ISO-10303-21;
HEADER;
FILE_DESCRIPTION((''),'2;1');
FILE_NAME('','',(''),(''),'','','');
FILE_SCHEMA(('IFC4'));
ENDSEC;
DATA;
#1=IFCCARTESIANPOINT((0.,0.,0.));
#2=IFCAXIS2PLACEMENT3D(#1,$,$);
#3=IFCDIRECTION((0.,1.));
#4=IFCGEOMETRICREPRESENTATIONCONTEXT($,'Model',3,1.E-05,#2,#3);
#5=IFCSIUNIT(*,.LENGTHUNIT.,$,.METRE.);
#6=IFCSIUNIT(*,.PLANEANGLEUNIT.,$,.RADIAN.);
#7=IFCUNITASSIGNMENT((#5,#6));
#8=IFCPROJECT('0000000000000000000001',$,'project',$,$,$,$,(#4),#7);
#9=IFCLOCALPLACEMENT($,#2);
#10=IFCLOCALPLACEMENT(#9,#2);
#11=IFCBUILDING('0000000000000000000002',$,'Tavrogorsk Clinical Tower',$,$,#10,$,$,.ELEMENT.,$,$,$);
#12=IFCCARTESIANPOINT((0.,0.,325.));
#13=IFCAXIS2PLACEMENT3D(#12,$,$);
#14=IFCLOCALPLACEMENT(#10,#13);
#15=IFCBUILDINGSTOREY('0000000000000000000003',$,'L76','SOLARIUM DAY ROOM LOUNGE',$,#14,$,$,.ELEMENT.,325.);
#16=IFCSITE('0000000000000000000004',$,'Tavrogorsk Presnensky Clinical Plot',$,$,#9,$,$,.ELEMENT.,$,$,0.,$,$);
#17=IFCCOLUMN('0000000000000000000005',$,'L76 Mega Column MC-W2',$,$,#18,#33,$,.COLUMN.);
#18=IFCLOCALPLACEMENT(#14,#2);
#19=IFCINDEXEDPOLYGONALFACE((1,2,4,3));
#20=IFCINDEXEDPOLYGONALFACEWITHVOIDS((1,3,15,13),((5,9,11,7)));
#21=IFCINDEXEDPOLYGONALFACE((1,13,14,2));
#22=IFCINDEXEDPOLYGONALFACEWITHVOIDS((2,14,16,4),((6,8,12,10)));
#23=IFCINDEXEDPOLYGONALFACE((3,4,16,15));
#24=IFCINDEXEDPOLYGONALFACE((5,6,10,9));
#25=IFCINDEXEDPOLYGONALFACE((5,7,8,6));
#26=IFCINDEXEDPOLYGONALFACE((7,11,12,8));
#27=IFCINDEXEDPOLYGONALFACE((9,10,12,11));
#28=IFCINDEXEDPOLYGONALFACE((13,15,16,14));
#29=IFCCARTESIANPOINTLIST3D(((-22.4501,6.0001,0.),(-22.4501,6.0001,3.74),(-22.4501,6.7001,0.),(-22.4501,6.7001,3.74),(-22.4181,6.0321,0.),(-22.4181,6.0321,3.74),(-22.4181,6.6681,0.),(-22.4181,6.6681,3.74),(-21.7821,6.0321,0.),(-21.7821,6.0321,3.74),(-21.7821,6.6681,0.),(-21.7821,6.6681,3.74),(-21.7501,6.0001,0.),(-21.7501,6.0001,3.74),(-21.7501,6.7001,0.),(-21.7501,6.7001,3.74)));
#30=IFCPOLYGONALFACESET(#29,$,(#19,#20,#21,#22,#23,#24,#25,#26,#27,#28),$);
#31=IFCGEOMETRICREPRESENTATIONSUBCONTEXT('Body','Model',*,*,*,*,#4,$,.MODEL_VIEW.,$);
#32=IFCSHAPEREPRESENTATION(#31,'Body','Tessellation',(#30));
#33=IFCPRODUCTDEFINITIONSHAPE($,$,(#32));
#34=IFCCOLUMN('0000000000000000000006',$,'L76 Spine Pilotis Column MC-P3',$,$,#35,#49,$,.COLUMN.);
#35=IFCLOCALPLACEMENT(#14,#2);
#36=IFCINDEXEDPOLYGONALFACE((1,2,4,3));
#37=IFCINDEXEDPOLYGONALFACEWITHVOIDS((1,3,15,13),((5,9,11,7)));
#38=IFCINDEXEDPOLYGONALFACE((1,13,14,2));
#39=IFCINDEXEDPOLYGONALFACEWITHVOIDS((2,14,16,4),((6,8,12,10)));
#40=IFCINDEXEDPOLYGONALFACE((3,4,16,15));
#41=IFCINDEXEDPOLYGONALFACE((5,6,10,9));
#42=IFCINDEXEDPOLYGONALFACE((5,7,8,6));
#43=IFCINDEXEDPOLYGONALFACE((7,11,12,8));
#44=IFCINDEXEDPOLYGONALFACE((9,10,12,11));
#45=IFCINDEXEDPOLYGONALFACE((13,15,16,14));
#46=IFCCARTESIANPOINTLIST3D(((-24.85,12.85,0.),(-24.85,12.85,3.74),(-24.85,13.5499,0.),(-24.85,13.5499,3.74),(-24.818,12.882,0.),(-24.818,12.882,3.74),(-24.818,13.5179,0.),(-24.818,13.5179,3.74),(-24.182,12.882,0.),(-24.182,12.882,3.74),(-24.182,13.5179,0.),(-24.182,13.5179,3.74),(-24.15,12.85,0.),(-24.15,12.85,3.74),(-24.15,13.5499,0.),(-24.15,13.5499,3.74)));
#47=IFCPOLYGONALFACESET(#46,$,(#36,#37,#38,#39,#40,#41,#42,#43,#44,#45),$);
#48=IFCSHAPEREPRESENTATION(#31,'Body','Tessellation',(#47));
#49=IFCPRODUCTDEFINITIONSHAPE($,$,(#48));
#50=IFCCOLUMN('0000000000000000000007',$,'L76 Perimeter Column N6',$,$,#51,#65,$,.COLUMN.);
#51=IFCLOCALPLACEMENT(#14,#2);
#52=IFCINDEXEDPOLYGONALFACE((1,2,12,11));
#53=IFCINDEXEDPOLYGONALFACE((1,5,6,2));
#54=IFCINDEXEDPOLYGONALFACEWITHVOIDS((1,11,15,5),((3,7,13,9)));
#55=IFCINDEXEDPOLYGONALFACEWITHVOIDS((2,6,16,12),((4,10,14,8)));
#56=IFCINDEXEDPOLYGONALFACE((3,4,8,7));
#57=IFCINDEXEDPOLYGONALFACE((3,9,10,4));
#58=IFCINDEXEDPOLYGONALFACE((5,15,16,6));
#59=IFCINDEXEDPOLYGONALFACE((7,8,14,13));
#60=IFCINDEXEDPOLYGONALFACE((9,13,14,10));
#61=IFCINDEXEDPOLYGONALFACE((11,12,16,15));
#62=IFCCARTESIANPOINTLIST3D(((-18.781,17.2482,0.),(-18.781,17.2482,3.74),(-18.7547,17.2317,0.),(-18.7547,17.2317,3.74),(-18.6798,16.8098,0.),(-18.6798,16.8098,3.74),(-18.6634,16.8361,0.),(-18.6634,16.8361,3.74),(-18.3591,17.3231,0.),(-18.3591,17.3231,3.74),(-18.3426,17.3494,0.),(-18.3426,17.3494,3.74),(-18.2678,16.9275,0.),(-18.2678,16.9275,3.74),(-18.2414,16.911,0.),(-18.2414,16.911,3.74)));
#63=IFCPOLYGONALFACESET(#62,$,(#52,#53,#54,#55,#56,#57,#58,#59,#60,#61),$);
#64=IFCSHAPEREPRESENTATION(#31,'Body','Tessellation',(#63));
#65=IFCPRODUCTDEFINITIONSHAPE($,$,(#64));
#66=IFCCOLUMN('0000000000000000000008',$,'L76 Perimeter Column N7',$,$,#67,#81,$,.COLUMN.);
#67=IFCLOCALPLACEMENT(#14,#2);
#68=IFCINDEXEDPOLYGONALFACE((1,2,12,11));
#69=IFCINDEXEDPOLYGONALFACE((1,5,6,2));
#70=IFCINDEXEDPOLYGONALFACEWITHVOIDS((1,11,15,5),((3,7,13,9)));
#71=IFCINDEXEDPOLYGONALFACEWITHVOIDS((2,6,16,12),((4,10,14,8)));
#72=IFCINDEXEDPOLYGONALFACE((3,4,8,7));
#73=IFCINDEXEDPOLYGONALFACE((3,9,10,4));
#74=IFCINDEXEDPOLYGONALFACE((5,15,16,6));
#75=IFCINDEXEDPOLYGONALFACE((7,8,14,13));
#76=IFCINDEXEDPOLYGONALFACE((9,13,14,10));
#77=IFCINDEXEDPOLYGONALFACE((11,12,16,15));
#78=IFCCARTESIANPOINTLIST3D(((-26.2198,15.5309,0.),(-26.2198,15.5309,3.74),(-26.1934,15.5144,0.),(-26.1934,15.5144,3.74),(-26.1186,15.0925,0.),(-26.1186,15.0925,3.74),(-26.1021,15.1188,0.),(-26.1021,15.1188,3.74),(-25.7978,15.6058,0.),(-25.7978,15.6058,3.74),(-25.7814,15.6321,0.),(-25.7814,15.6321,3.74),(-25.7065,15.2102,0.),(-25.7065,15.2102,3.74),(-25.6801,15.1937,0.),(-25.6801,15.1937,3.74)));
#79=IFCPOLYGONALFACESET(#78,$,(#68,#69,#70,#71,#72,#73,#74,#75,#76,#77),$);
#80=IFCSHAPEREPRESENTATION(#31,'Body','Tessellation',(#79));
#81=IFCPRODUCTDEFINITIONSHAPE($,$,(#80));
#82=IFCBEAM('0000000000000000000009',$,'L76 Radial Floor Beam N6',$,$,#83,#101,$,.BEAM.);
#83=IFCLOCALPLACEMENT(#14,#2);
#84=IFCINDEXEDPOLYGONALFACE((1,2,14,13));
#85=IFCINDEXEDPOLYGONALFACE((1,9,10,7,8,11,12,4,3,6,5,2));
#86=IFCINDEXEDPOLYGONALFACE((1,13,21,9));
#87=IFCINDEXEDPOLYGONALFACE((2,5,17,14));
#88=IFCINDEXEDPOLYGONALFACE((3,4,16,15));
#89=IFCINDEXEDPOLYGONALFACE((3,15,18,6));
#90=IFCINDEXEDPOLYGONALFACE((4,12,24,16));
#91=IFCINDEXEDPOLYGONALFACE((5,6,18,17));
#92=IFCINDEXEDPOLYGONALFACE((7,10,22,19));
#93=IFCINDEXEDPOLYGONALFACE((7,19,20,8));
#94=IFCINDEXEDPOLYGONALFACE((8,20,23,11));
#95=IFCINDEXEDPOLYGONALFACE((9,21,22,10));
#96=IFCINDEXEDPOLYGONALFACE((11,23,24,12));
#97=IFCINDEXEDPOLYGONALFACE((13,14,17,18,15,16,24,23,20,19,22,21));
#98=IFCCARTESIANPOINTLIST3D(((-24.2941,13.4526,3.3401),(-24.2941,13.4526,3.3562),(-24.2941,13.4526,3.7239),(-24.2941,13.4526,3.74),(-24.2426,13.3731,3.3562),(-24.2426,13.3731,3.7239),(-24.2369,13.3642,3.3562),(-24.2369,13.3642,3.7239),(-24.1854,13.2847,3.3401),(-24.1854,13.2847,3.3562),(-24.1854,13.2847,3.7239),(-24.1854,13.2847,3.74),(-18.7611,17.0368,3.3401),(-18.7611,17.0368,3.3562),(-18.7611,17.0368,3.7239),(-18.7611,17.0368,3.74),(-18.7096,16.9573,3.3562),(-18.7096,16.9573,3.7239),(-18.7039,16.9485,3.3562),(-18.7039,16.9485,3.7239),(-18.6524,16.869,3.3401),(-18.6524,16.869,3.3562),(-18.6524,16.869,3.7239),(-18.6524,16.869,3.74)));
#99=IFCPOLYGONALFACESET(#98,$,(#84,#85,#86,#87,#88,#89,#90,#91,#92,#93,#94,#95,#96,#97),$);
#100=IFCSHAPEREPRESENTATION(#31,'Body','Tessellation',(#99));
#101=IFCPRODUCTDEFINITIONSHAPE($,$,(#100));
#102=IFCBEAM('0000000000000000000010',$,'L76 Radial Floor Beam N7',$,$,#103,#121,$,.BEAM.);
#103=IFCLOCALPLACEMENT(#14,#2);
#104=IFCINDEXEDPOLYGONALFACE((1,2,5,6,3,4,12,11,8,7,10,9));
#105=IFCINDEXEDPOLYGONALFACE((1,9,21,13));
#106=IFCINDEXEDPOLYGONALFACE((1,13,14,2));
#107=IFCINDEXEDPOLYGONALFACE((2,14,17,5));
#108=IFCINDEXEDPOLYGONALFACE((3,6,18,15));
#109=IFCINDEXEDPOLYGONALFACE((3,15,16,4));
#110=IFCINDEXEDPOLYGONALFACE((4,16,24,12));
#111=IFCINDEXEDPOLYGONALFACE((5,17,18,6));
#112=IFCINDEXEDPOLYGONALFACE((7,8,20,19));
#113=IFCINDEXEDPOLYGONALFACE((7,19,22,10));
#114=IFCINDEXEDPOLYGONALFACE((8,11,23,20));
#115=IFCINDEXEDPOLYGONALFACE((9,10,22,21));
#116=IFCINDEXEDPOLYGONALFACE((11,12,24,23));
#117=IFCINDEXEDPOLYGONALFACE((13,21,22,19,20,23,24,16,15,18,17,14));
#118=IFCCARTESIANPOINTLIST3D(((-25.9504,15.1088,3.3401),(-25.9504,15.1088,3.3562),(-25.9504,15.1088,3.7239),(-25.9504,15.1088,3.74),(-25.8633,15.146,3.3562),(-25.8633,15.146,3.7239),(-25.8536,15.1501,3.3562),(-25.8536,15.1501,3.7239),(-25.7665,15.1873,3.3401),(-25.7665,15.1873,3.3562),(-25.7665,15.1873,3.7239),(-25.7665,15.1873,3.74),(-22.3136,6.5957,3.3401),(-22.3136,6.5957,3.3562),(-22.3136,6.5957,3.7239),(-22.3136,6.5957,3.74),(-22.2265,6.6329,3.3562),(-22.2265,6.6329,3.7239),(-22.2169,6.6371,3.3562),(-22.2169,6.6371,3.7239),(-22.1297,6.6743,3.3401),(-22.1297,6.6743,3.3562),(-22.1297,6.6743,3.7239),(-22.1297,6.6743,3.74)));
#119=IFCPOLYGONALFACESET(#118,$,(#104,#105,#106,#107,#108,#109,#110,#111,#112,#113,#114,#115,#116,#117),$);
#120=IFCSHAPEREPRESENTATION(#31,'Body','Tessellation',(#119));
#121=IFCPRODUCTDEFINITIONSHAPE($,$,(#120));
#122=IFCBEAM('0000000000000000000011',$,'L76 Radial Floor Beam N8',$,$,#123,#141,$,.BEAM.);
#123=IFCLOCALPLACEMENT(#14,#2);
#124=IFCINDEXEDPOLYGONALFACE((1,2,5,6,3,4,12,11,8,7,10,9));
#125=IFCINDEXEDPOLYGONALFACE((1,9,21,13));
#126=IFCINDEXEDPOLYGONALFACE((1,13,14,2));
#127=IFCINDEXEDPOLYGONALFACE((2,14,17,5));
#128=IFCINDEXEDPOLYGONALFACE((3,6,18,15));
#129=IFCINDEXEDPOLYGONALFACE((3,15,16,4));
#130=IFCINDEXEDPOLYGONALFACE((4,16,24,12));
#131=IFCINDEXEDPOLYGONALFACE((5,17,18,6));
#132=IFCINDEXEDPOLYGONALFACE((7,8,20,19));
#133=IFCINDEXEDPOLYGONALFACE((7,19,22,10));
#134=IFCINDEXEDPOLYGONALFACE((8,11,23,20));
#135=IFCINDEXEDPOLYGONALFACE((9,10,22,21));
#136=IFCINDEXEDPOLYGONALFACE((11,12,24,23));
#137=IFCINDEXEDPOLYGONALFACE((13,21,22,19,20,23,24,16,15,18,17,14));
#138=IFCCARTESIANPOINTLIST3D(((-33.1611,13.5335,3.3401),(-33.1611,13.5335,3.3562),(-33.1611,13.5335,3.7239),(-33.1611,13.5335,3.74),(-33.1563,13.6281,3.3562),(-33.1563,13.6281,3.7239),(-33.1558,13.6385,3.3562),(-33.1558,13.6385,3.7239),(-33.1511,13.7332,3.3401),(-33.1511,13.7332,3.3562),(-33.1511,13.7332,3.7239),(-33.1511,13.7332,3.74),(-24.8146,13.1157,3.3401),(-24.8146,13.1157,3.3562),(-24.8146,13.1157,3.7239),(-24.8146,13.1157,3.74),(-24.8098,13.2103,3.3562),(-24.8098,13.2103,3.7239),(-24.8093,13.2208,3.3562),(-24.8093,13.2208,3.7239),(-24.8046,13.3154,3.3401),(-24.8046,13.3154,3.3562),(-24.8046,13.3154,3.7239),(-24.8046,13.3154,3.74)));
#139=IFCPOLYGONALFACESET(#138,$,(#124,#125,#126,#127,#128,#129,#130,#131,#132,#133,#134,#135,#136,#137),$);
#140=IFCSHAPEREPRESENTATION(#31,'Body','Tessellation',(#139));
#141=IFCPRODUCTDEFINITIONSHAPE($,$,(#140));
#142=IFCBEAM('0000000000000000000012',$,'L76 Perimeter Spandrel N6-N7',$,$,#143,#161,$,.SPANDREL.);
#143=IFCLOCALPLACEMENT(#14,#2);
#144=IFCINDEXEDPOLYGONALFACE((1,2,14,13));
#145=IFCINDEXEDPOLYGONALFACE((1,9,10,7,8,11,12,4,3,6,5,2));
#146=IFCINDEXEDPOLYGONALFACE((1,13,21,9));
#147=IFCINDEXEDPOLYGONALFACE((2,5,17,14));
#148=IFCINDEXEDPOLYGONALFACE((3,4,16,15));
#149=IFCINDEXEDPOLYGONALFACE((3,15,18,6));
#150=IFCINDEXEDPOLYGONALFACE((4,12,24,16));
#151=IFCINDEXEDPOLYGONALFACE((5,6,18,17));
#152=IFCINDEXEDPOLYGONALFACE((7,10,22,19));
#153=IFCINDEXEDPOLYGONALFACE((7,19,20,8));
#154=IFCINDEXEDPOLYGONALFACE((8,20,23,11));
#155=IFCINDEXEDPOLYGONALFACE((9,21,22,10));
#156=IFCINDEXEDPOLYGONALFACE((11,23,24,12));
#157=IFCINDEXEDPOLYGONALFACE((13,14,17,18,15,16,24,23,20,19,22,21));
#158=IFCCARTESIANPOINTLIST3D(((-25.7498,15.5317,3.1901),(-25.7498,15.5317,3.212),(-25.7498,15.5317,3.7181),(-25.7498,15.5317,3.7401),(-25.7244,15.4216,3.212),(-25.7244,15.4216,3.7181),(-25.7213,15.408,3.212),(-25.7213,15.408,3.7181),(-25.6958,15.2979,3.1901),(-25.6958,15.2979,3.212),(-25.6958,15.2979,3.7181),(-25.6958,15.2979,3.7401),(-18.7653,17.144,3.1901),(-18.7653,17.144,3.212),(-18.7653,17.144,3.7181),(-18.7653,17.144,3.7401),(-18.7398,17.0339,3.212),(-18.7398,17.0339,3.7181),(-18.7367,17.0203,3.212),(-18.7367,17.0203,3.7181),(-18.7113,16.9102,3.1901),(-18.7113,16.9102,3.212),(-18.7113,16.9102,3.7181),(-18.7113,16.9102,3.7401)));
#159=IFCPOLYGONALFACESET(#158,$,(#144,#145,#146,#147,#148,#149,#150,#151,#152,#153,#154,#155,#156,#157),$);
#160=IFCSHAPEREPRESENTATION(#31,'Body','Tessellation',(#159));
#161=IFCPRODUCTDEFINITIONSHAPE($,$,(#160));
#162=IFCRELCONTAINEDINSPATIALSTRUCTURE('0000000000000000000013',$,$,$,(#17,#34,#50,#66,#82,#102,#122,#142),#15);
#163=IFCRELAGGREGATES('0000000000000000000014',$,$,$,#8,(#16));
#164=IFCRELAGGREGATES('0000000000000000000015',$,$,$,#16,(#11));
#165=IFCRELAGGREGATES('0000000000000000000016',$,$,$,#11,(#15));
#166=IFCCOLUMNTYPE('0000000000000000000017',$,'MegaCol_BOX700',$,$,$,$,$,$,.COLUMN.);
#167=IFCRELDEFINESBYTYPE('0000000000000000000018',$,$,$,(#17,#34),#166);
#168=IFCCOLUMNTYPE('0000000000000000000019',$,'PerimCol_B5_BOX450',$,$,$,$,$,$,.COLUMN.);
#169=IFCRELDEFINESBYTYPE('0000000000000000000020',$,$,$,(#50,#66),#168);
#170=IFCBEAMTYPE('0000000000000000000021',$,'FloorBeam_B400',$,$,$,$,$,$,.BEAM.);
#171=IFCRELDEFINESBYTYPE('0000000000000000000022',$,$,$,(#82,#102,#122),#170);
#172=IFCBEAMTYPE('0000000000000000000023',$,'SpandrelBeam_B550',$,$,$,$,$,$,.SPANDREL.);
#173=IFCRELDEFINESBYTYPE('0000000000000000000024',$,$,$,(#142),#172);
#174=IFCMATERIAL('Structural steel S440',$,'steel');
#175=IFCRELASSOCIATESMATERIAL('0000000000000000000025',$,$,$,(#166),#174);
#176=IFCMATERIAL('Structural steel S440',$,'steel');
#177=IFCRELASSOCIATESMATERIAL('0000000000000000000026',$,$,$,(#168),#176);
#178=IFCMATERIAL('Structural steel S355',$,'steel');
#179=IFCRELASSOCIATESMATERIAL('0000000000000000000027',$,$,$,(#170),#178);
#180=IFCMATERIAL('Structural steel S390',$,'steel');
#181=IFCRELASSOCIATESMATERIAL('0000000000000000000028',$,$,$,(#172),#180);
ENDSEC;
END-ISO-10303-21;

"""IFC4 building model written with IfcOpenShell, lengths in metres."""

from ifc_helpers import new_model, si_unit, direction, frame, origin, origin_2d, place, context, subcontext, project, spatial, hollow_rectangle, i_section, extrude, material, material_profile, profile_set, type_object, element, save


model = new_model("IFC4")

# Units and contexts
model_context = context("Model", 3, precision=1e-05, world=origin(), true_north=direction((0.0, 1.0)))
body_context = subcontext(model_context, "Body", "Model", "MODEL_VIEW")
ifc_project = project(units=[si_unit("LENGTHUNIT", "METRE"), si_unit("PLANEANGLEUNIT", "RADIAN")], contexts=[model_context])

# Site, building, storey
site_placement = place(None, origin())
site = spatial("IfcSite", under=ifc_project, at=site_placement, Name="Tavrogorsk Presnensky Clinical Plot", CompositionType="ELEMENT", RefElevation=0.0)
building_placement = place(site_placement, origin())
building = spatial("IfcBuilding", under=site, at=building_placement, Name="Tavrogorsk Clinical Tower", CompositionType="ELEMENT")
storey_placement = place(building_placement, frame((0.0, 0.0, 325.0)))
storey = spatial("IfcBuildingStorey", under=building, at=storey_placement, Name="L76", Description="SOLARIUM DAY ROOM LOUNGE", CompositionType="ELEMENT", Elevation=325.0)

# Columns
ifc_material_1 = material(Name="Structural steel S440", Category="steel")
ifc_material_profile_1 = material_profile(ifc_material_1, hollow_rectangle(XDim=0.7, YDim=0.7, WallThickness=0.032, at=origin_2d()), Name="BOX-700x700x32")
ifc_profile_set_1 = profile_set([ifc_material_profile_1], Name="Structural steel S440")
column_type_1 = type_object("IfcColumnType", Name="MegaCol_BOX700", PredefinedType="COLUMN", material=ifc_profile_set_1)
for number, where, z_axis, x_axis, name in (
    (1, (-22.1001, 6.3501, 0.0), (0.0, 0.0, 1.0), (1.0, 0.0, 0.0), "L76 Mega Column MC-W2"),
    (2, (-24.5, 13.2, 0.0), (0.0, 0.0, 1.0), (1.0, 0.0, 0.0), "L76 Spine Pilotis Column MC-P3"),
):
    element("IfcColumn", number, at=place(storey_placement, frame(where, z_axis=z_axis, x_axis=x_axis)), inside=storey, type_object=column_type_1, Name=name, PredefinedType="COLUMN", context=body_context, shape_type="SweptSolid", body=[
        extrude(hollow_rectangle(XDim=0.7, YDim=0.7, WallThickness=0.032, at=origin_2d()), origin(), (0.0, 0.0, 1.0), 3.74),
    ])
ifc_material_2 = material(Name="Structural steel S440", Category="steel")
ifc_material_profile_2 = material_profile(ifc_material_2, hollow_rectangle(XDim=0.45, YDim=0.45, WallThickness=0.022, at=origin_2d()), Name="BOX-450x450x22")
ifc_profile_set_2 = profile_set([ifc_material_profile_2], Name="Structural steel S440")
column_type_2 = type_object("IfcColumnType", Name="PerimCol_B5_BOX450", PredefinedType="COLUMN", material=ifc_profile_set_2)
for number, where, z_axis, x_axis, name in (
    (3, (-18.5112, 17.0796, 0.0), (0.0, 0.0, 1.0), (0.97437, 0.224951, 0.0), "L76 Perimeter Column N6"),
    (4, (-25.95, 15.3623, 0.0), (0.0, 0.0, 1.0), (0.97437, 0.224951, 0.0), "L76 Perimeter Column N7"),
):
    element("IfcColumn", number, at=place(storey_placement, frame(where, z_axis=z_axis, x_axis=x_axis)), inside=storey, type_object=column_type_2, Name=name, PredefinedType="COLUMN", context=body_context, shape_type="SweptSolid", body=[
        extrude(hollow_rectangle(XDim=0.45, YDim=0.45, WallThickness=0.022, at=origin_2d()), origin(), (0.0, 0.0, 1.0), 3.74),
    ])

# Beams
ifc_material_3 = material(Name="Structural steel S355", Category="steel")
ifc_material_profile_3 = material_profile(ifc_material_3, i_section(OverallWidth=0.2, OverallDepth=0.3999, WebThickness=0.0105, FlangeThickness=0.0161, at=origin_2d()), Name="B-400x200x10.5x16")
ifc_profile_set_3 = profile_set([ifc_material_profile_3], Name="Structural steel S355")
beam_type_1 = type_object("IfcBeamType", Name="FloorBeam_B400", PredefinedType="BEAM", material=ifc_profile_set_3)
beam_1_placement = place(storey_placement, frame((-24.2397, 13.3687, 3.54), z_axis=(0.839288, 0.543687, 0.0), x_axis=(-0.543687, 0.839288, 0.0)))
element("IfcBeam", 5, at=beam_1_placement, inside=storey, type_object=beam_type_1, Name="L76 Radial Floor Beam N6", PredefinedType="BEAM", context=body_context, shape_type="SweptSolid", body=[
    extrude(i_section(OverallWidth=0.2, OverallDepth=0.3999, WebThickness=0.0105, FlangeThickness=0.0161, at=origin_2d()), origin(), (0.0, 0.0, 1.0), 6.5925),
])
beam_2_placement = place(storey_placement, frame((-22.2217, 6.635, 3.54), z_axis=(-0.392853, 0.919601, 0.0), x_axis=(-0.919601, -0.392853, 0.0)))
element("IfcBeam", 6, at=beam_2_placement, inside=storey, type_object=beam_type_1, Name="L76 Radial Floor Beam N7", PredefinedType="BEAM", context=body_context, shape_type="SweptSolid", body=[
    extrude(i_section(OverallWidth=0.2, OverallDepth=0.3999, WebThickness=0.0105, FlangeThickness=0.0161, at=origin_2d()), origin(), (0.0, 0.0, 1.0), 9.2573),
])
beam_3_placement = place(storey_placement, frame((-24.8096, 13.2156, 3.54), z_axis=(-0.99875, 0.049986, 0.0), x_axis=(-0.049986, -0.99875, 0.0)))
element("IfcBeam", 7, at=beam_3_placement, inside=storey, type_object=beam_type_1, Name="L76 Radial Floor Beam N8", PredefinedType="BEAM", context=body_context, shape_type="SweptSolid", body=[
    extrude(i_section(OverallWidth=0.2, OverallDepth=0.3999, WebThickness=0.0105, FlangeThickness=0.0161, at=origin_2d()), origin(), (0.0, 0.0, 1.0), 8.3569),
])
ifc_material_4 = material(Name="Structural steel S390", Category="steel")
ifc_material_profile_4 = material_profile(ifc_material_4, i_section(OverallWidth=0.24, OverallDepth=0.55, WebThickness=0.0139, FlangeThickness=0.022, at=origin_2d()), Name="B-550x240x14x22")
ifc_profile_set_4 = profile_set([ifc_material_profile_4], Name="Structural steel S390")
beam_type_2 = type_object("IfcBeamType", Name="SpandrelBeam_B550", PredefinedType="SPANDREL", material=ifc_profile_set_4)
beam_4_placement = place(storey_placement, frame((-18.7383, 17.0271, 3.4651), z_axis=(-0.974377, -0.224922, 0.0), x_axis=(0.224922, -0.974377, 0.0)))
element("IfcBeam", 8, at=beam_4_placement, inside=storey, type_object=beam_type_2, Name="L76 Perimeter Spandrel N6-N7", PredefinedType="SPANDREL", context=body_context, shape_type="SweptSolid", body=[
    extrude(i_section(OverallWidth=0.24, OverallDepth=0.55, WebThickness=0.0139, FlangeThickness=0.022, at=origin_2d()), origin(), (0.0, 0.0, 1.0), 7.1682),
])

save(model, "model.ifc")
